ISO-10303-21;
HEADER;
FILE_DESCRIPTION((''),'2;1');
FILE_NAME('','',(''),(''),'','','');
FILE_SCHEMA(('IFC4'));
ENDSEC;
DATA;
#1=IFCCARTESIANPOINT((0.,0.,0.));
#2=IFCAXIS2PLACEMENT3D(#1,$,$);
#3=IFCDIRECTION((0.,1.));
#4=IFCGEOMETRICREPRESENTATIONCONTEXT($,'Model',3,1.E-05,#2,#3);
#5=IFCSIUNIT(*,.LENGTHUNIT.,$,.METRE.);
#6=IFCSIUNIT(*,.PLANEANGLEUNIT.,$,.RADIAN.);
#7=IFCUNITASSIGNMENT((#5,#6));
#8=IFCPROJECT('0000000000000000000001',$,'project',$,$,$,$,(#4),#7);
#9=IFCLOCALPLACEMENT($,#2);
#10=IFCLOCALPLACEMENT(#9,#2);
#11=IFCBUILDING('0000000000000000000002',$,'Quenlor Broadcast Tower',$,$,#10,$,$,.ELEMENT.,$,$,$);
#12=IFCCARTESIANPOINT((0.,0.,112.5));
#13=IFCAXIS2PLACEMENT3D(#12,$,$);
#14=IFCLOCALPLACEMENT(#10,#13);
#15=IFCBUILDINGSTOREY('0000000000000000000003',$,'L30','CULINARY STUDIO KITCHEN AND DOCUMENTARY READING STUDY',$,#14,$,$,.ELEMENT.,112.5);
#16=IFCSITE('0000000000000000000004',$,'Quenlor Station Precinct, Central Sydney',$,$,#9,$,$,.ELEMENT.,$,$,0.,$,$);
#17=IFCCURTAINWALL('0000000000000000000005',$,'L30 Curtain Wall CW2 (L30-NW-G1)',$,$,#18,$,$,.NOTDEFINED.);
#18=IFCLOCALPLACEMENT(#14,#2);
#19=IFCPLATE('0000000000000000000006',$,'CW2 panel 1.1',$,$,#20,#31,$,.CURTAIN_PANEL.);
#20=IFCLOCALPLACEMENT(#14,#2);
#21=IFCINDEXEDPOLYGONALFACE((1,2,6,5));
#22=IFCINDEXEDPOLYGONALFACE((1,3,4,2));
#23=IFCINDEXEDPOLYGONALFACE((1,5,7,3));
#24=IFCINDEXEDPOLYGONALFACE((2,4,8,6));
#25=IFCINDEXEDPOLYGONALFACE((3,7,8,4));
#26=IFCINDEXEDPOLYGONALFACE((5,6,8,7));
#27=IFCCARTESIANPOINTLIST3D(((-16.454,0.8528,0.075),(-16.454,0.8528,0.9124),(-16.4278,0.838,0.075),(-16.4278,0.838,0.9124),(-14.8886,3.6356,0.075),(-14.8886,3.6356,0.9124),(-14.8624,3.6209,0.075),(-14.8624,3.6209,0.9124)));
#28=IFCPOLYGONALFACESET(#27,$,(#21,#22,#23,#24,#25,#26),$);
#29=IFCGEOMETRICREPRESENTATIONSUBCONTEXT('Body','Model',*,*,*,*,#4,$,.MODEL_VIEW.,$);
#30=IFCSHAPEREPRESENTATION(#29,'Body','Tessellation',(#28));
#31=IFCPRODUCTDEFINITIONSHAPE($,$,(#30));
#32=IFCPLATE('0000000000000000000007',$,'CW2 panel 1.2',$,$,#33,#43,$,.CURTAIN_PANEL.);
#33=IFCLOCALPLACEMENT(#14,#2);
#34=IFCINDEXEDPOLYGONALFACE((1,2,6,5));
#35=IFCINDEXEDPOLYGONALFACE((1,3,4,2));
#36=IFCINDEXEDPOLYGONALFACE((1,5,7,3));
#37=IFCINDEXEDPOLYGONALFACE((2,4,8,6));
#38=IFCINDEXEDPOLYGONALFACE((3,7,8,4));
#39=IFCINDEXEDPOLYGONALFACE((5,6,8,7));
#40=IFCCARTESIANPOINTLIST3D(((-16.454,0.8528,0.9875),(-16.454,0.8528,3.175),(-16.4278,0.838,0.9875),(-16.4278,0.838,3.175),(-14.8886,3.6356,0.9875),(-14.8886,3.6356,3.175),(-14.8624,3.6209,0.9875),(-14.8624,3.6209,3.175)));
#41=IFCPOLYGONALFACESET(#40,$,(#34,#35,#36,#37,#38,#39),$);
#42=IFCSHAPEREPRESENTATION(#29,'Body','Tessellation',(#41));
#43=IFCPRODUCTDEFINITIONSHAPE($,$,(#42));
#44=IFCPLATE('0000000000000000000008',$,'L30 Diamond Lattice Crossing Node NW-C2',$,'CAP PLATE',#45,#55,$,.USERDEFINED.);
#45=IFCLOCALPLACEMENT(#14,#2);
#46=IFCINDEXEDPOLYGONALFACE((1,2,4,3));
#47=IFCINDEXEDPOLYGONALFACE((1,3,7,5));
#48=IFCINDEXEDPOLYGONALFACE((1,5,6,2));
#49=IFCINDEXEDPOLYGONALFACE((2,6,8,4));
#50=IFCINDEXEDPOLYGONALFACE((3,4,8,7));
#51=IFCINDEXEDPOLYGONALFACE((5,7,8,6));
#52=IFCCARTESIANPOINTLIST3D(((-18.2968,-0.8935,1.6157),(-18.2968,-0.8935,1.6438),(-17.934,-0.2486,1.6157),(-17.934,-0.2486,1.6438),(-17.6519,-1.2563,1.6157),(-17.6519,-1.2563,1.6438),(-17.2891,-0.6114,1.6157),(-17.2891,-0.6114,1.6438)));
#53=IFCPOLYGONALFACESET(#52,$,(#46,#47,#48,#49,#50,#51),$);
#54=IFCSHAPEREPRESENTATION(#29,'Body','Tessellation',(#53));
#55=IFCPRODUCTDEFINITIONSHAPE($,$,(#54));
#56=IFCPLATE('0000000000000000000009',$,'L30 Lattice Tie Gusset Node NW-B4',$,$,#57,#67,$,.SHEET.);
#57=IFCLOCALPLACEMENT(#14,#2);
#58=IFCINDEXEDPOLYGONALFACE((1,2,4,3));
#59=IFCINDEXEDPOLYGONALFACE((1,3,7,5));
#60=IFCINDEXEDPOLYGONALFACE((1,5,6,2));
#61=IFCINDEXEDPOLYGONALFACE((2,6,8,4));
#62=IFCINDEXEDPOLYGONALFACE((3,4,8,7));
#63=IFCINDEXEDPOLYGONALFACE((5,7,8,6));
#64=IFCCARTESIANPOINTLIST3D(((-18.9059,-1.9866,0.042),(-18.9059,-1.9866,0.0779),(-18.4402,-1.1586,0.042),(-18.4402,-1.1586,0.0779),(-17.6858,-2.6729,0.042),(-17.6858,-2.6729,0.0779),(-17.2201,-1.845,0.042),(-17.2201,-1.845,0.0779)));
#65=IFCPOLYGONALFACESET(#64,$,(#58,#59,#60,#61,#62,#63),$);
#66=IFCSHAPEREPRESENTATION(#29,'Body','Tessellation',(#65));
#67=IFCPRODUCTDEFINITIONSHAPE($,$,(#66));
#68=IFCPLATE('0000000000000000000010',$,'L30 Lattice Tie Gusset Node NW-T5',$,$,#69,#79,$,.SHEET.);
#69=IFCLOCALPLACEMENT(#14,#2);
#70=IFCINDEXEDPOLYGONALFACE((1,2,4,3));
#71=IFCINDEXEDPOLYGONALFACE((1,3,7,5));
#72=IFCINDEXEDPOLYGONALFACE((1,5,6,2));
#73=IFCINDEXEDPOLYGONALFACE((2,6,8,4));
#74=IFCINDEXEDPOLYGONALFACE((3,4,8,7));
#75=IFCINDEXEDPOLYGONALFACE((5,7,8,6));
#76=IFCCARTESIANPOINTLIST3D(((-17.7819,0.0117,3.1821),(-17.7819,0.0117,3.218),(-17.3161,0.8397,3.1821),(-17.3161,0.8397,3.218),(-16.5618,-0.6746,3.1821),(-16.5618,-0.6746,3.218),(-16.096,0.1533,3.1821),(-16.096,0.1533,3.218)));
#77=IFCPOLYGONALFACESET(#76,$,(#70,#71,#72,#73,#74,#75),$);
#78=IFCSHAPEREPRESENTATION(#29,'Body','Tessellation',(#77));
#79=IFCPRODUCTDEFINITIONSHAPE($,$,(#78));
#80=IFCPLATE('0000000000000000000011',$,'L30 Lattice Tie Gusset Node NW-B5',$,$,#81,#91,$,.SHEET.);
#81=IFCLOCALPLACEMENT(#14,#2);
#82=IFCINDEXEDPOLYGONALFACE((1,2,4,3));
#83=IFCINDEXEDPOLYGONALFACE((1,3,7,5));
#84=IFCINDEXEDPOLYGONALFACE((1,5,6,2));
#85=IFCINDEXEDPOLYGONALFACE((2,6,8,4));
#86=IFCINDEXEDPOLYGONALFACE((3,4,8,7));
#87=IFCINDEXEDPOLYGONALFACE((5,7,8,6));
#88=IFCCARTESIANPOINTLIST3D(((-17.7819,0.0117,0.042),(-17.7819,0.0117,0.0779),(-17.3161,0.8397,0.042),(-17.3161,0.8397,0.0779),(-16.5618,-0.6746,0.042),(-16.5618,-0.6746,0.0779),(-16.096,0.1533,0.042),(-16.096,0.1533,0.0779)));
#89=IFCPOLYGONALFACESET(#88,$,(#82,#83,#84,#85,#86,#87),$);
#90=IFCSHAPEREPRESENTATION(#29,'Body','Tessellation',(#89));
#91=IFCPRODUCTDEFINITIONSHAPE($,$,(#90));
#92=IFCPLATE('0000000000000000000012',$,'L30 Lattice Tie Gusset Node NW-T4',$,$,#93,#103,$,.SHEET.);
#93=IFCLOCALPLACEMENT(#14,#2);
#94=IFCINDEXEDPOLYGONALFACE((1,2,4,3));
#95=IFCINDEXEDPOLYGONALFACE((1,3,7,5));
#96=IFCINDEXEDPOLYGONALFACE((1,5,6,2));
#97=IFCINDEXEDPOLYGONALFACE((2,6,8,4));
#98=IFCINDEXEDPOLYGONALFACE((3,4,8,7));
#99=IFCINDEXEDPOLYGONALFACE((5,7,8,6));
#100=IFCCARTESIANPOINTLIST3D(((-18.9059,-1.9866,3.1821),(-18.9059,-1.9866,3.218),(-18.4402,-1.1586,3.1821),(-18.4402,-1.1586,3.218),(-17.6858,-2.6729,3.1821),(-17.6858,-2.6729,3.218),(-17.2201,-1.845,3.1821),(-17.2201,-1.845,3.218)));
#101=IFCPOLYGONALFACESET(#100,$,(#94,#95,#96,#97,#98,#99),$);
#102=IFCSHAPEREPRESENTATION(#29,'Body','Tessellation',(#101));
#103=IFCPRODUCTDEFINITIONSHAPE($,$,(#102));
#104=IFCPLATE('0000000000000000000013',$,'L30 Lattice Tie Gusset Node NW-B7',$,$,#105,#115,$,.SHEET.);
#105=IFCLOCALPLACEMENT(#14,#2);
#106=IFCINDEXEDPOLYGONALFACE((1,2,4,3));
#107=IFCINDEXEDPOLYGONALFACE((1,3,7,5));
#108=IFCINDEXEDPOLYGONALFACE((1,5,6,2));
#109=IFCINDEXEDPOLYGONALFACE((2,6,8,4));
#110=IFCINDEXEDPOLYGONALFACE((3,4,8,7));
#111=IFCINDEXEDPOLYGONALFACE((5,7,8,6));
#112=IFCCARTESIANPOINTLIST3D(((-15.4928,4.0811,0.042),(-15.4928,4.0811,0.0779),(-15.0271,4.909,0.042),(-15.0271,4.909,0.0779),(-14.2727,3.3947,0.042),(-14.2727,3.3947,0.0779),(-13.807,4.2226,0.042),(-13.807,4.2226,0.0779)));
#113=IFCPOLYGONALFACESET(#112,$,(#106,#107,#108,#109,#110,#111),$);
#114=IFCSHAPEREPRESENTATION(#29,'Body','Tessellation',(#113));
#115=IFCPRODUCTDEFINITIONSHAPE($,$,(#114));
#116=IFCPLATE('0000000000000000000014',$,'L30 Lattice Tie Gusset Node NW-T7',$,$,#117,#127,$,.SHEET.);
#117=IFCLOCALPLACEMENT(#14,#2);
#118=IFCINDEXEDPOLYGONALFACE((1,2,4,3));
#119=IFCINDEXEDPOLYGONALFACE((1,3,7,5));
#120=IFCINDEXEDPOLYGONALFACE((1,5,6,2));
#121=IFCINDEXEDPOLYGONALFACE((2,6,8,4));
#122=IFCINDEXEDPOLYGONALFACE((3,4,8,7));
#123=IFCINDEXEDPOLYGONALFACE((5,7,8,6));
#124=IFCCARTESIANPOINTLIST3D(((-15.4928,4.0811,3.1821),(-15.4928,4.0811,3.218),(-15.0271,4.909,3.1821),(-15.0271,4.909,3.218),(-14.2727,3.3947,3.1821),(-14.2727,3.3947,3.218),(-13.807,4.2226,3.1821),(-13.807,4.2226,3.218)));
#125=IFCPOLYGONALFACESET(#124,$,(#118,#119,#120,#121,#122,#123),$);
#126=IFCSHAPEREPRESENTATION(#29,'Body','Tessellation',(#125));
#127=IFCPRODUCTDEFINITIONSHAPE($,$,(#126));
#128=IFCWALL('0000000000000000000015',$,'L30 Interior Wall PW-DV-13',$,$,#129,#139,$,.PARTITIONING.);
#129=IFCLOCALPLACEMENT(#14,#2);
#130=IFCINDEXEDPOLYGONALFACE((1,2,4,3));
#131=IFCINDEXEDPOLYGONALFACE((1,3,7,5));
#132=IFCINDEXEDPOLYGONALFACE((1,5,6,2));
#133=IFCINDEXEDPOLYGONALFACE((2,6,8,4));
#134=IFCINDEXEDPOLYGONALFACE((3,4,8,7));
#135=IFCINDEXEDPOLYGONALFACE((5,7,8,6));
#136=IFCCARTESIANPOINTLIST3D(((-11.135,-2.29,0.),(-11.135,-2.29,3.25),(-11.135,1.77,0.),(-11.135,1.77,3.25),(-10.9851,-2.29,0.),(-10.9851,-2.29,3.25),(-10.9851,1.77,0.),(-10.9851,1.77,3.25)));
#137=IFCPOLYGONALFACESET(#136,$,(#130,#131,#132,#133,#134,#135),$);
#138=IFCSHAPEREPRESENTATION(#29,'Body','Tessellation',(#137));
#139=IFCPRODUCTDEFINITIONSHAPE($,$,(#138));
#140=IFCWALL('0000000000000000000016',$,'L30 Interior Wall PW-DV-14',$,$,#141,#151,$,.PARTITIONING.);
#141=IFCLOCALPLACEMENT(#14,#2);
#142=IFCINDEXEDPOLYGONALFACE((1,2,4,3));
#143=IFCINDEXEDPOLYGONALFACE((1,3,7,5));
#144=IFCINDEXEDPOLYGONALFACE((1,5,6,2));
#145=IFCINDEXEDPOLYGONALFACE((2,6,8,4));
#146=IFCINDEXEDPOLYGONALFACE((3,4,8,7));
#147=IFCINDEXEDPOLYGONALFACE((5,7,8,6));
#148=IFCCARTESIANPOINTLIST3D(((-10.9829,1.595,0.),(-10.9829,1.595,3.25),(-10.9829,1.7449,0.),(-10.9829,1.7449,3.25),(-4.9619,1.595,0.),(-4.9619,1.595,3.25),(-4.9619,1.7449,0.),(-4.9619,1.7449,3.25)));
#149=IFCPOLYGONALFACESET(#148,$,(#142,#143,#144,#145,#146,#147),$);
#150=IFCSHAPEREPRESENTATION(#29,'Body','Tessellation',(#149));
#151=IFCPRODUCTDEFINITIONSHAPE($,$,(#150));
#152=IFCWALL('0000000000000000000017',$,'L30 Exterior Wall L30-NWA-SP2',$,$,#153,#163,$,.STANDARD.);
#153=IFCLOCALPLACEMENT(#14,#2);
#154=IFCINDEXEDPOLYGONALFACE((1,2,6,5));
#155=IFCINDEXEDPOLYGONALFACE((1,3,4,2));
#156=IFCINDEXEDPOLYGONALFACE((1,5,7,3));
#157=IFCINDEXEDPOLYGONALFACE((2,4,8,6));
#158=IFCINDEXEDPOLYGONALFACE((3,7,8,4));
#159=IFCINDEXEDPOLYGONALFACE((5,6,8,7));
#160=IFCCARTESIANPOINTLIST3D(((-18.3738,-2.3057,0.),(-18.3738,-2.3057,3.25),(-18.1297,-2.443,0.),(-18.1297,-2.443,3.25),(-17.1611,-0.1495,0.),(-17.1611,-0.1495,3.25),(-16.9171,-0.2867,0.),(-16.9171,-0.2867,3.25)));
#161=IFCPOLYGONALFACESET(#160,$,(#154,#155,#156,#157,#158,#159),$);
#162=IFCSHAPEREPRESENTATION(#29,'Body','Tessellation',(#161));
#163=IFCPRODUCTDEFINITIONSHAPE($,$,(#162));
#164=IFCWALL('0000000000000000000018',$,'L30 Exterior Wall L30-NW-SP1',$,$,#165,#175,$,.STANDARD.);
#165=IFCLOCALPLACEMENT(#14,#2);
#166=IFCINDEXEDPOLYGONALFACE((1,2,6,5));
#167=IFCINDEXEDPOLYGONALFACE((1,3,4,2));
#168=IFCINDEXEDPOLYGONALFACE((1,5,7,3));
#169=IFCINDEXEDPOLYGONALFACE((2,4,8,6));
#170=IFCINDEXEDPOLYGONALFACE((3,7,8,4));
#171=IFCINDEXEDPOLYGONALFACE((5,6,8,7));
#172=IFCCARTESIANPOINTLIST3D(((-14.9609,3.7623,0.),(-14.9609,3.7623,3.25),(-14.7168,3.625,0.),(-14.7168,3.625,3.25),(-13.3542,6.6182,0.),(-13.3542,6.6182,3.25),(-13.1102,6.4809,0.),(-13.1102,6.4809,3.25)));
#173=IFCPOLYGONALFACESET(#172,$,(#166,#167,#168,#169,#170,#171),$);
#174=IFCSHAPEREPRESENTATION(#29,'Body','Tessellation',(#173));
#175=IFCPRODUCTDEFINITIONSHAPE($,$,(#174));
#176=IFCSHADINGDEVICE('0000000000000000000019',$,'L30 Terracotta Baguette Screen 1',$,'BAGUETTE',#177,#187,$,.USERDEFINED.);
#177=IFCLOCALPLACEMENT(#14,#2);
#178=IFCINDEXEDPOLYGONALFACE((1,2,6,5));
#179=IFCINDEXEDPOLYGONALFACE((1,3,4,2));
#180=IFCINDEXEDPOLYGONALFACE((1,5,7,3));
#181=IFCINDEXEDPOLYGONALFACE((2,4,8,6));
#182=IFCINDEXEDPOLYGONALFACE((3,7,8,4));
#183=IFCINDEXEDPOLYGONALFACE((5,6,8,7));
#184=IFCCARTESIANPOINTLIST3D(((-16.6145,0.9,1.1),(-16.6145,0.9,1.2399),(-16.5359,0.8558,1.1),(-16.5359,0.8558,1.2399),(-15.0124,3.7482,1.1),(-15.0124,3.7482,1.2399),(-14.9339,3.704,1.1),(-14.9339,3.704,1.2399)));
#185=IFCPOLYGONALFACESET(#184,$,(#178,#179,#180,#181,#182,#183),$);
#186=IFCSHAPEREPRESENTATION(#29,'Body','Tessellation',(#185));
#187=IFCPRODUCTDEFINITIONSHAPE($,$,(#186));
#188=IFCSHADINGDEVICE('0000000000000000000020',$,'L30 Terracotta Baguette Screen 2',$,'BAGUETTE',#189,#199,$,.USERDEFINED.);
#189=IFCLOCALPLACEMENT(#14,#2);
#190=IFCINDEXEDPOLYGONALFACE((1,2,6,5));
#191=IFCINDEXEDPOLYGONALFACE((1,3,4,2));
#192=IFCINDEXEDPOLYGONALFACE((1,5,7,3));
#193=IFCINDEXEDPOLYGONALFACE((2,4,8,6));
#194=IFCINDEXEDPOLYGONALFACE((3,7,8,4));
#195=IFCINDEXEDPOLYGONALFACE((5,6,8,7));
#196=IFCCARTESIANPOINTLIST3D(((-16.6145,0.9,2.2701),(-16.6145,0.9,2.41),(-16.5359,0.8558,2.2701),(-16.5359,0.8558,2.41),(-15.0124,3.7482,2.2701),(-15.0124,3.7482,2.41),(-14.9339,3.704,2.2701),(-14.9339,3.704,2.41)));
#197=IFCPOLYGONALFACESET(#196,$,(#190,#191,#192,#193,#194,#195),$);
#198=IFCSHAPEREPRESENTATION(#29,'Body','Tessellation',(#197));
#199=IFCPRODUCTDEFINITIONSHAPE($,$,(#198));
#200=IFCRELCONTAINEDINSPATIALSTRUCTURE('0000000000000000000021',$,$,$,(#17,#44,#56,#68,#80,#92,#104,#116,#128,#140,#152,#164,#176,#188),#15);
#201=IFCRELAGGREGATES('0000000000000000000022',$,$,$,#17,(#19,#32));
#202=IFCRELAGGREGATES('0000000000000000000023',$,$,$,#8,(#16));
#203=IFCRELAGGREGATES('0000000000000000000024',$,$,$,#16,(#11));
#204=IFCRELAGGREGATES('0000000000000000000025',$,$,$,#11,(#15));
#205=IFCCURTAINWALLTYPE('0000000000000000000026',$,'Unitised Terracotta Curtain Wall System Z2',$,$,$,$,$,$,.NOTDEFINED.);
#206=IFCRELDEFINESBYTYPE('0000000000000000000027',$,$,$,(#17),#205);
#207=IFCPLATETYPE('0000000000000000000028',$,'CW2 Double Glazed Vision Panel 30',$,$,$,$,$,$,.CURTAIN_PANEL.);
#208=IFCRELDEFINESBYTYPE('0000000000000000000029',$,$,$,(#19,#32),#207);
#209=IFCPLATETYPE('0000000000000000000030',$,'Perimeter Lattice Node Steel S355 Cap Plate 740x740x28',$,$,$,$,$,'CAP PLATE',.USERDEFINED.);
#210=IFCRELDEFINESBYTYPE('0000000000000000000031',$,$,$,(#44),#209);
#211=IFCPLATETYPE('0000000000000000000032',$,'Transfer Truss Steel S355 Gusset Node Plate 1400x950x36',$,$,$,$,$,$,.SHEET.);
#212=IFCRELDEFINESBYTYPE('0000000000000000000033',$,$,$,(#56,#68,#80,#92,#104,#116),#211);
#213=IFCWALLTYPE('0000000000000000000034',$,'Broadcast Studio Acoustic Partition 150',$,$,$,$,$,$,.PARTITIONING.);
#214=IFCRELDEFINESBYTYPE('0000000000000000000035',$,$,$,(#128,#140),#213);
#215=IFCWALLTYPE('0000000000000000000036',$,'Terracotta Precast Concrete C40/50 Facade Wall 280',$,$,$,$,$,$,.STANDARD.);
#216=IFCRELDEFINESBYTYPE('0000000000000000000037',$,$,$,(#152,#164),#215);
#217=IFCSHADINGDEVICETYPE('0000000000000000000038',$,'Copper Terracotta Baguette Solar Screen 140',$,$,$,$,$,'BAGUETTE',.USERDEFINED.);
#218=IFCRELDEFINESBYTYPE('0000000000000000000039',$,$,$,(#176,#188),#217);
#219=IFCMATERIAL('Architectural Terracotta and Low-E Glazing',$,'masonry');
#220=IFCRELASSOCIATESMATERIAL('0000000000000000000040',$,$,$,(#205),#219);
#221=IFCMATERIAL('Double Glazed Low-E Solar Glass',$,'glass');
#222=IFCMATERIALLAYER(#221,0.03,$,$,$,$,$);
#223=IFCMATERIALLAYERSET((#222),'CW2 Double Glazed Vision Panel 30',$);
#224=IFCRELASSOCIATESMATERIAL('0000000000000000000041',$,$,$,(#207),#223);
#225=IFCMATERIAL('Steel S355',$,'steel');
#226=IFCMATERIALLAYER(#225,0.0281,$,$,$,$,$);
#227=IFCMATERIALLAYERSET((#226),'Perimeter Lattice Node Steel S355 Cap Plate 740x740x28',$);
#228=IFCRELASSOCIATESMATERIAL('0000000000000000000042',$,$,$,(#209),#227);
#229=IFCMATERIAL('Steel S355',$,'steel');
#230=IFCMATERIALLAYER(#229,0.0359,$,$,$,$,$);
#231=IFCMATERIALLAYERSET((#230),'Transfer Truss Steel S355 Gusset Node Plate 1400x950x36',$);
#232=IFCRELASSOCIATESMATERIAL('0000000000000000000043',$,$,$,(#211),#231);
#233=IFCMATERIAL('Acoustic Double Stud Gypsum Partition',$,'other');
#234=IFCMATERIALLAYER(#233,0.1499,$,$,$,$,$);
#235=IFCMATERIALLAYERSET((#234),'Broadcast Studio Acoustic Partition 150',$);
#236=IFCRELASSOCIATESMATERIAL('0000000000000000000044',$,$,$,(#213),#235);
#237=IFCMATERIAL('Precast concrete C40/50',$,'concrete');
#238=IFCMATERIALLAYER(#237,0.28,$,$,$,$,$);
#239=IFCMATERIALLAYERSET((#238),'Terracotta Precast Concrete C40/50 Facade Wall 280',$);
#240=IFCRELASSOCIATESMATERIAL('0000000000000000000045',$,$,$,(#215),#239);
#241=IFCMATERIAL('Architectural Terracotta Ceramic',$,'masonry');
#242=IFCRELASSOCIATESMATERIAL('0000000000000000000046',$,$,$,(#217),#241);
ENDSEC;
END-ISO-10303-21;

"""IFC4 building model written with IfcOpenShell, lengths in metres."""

from ifc_helpers import new_model, si_unit, direction, frame, frame_2d, origin, origin_2d, place, context, subcontext, project, spatial, rectangle, extrude, material, layer, layer_set, material_profile, profile_set, type_object, element, aggregate, save


model = new_model("IFC4")

# Units and contexts
model_context = context("Model", 3, precision=1e-05, world=origin(), true_north=direction((0.0, 1.0)))
body_context = subcontext(model_context, "Body", "Model", "MODEL_VIEW")
ifc_project = project(units=[si_unit("LENGTHUNIT", "METRE"), si_unit("PLANEANGLEUNIT", "RADIAN")], contexts=[model_context])

# Site, building, storey
site_placement = place(None, origin())
site = spatial("IfcSite", under=ifc_project, at=site_placement, Name="Quenlor Station Precinct, Central Sydney", CompositionType="ELEMENT", RefElevation=0.0)
building_placement = place(site_placement, origin())
building = spatial("IfcBuilding", under=site, at=building_placement, Name="Quenlor Broadcast Tower", CompositionType="ELEMENT")
storey_placement = place(building_placement, frame((0.0, 0.0, 112.5)))
storey = spatial("IfcBuildingStorey", under=building, at=storey_placement, Name="L30", Description="CULINARY STUDIO KITCHEN AND DOCUMENTARY READING STUDY", CompositionType="ELEMENT", Elevation=112.5)

# Curtain wall
ifc_material_1 = material(Name="Architectural Terracotta and Low-E Glazing", Category="masonry")
curtain_wall_type = type_object("IfcCurtainWallType", Name="Unitised Terracotta Curtain Wall System Z2", PredefinedType="NOTDEFINED", material=ifc_material_1)
curtain_wall_placement = place(storey_placement, origin())
curtain_wall = element("IfcCurtainWall", 1, at=curtain_wall_placement, inside=storey, type_object=curtain_wall_type, Name="L30 Curtain Wall CW2 (L30-NW-G1)", PredefinedType="NOTDEFINED")

# Plates
ifc_material_2 = material(Name="Double Glazed Low-E Solar Glass", Category="glass")
ifc_layer_1 = layer(ifc_material_2, 0.03)
ifc_layer_set_1 = layer_set([ifc_layer_1], Name="CW2 Double Glazed Vision Panel 30")
plate_type_1 = type_object("IfcPlateType", Name="CW2 Double Glazed Vision Panel 30", PredefinedType="CURTAIN_PANEL", material=ifc_layer_set_1)
plate_1_placement = place(storey_placement, frame((-15.6582, 2.2368, 0.075), z_axis=(0.0, 0.0, 1.0), x_axis=(0.490261, 0.871576, 0.0)))
plate_1 = element("IfcPlate", 2, at=plate_1_placement, type_object=plate_type_1, Name="CW2 panel 1.1", PredefinedType="CURTAIN_PANEL", context=body_context, shape_type="SweptSolid", body=[
    extrude(rectangle(XDim=3.1929, YDim=0.03, at=origin_2d()), origin(), (0.0, 0.0, 1.0), 0.8374),
])
plate_2_placement = place(storey_placement, frame((-15.6582, 2.2368, 0.9875), z_axis=(0.0, 0.0, 1.0), x_axis=(0.490261, 0.871576, 0.0)))
plate_2 = element("IfcPlate", 3, at=plate_2_placement, type_object=plate_type_1, Name="CW2 panel 1.2", PredefinedType="CURTAIN_PANEL", context=body_context, shape_type="SweptSolid", body=[
    extrude(rectangle(XDim=3.1929, YDim=0.03, at=origin_2d()), origin(), (0.0, 0.0, 1.0), 2.1875),
])
aggregate(curtain_wall, [plate_1, plate_2])

# Plates
ifc_material_3 = material(Name="Steel S355", Category="steel")
ifc_layer_2 = layer(ifc_material_3, 0.0281)
ifc_layer_set_2 = layer_set([ifc_layer_2], Name="Perimeter Lattice Node Steel S355 Cap Plate 740x740x28")
plate_type_2 = type_object("IfcPlateType", Name="Perimeter Lattice Node Steel S355 Cap Plate 740x740x28", ElementType="CAP PLATE", PredefinedType="USERDEFINED", material=ifc_layer_set_2)
plate_3_placement = place(storey_placement, frame((-17.793, -0.7524, 1.6157), z_axis=(0.0, 0.0, 1.0), x_axis=(0.490295, 0.871556, 0.0)))
element("IfcPlate", 4, at=plate_3_placement, inside=storey, type_object=plate_type_2, Name="L30 Diamond Lattice Crossing Node NW-C2", ObjectType="CAP PLATE", PredefinedType="USERDEFINED", context=body_context, shape_type="SweptSolid", body=[
    extrude(rectangle(XDim=0.74, YDim=0.74, at=origin_2d()), origin(), (0.0, 0.0, 1.0), 0.0281),
])
ifc_material_4 = material(Name="Steel S355", Category="steel")
ifc_layer_3 = layer(ifc_material_4, 0.0359)
ifc_layer_set_3 = layer_set([ifc_layer_3], Name="Transfer Truss Steel S355 Gusset Node Plate 1400x950x36")
plate_type_3 = type_object("IfcPlateType", Name="Transfer Truss Steel S355 Gusset Node Plate 1400x950x36", PredefinedType="SHEET", material=ifc_layer_set_3)
for number, where, z_axis, x_axis, name in (
    (5, (-18.063, -1.9158, 0.042), (0.0, 0.0, 1.0), (-0.871556, 0.490295, 0.0), "L30 Lattice Tie Gusset Node NW-B4"),
    (6, (-16.939, 0.0825, 3.1821), (0.0, 0.0, 1.0), (-0.871556, 0.490295, 0.0), "L30 Lattice Tie Gusset Node NW-T5"),
    (7, (-16.939, 0.0825, 0.042), (0.0, 0.0, 1.0), (-0.871556, 0.490295, 0.0), "L30 Lattice Tie Gusset Node NW-B5"),
    (8, (-18.063, -1.9158, 3.1821), (0.0, 0.0, 1.0), (-0.871556, 0.490295, 0.0), "L30 Lattice Tie Gusset Node NW-T4"),
    (9, (-14.6499, 4.1519, 0.042), (0.0, 0.0, 1.0), (-0.871556, 0.490295, 0.0), "L30 Lattice Tie Gusset Node NW-B7"),
    (10, (-14.6499, 4.1519, 3.1821), (0.0, 0.0, 1.0), (-0.871556, 0.490295, 0.0), "L30 Lattice Tie Gusset Node NW-T7"),
):
    element("IfcPlate", number, at=place(storey_placement, frame(where, z_axis=z_axis, x_axis=x_axis)), inside=storey, type_object=plate_type_3, Name=name, PredefinedType="SHEET", context=body_context, shape_type="SweptSolid", body=[
        extrude(rectangle(XDim=1.3999, YDim=0.95, at=origin_2d()), origin(), (0.0, 0.0, 1.0), 0.0359),
    ])

# Walls
ifc_material_5 = material(Name="Acoustic Double Stud Gypsum Partition", Category="other")
ifc_layer_4 = layer(ifc_material_5, 0.1499)
ifc_layer_set_4 = layer_set([ifc_layer_4], Name="Broadcast Studio Acoustic Partition 150")
wall_type_1 = type_object("IfcWallType", Name="Broadcast Studio Acoustic Partition 150", PredefinedType="PARTITIONING", material=ifc_layer_set_4)
wall_1_placement = place(storey_placement, frame((-11.0601, -2.29, 0.0), z_axis=(0.0, 0.0, 1.0), x_axis=(0.0, 1.0, 0.0)))
element("IfcWall", 11, at=wall_1_placement, inside=storey, type_object=wall_type_1, Name="L30 Interior Wall PW-DV-13", PredefinedType="PARTITIONING", context=body_context, shape_type="SweptSolid", body=[
    extrude(rectangle(XDim=4.0601, YDim=0.1499, at=frame_2d((2.03, 0.0))), origin(), (0.0, 0.0, 1.0), 3.25),
])
wall_2_placement = place(storey_placement, frame((-10.9829, 1.6699, 0.0), z_axis=(0.0, 0.0, 1.0), x_axis=(1.0, 0.0, 0.0)))
element("IfcWall", 12, at=wall_2_placement, inside=storey, type_object=wall_type_1, Name="L30 Interior Wall PW-DV-14", PredefinedType="PARTITIONING", context=body_context, shape_type="SweptSolid", body=[
    extrude(rectangle(XDim=6.021, YDim=0.1499, at=frame_2d((3.0105, 0.0))), origin(), (0.0, 0.0, 1.0), 3.25),
])
ifc_material_6 = material(Name="Precast concrete C40/50", Category="concrete")
ifc_layer_5 = layer(ifc_material_6, 0.28)
ifc_layer_set_5 = layer_set([ifc_layer_5], Name="Terracotta Precast Concrete C40/50 Facade Wall 280")
wall_type_2 = type_object("IfcWallType", Name="Terracotta Precast Concrete C40/50 Facade Wall 280", PredefinedType="STANDARD", material=ifc_layer_set_5)
wall_3_placement = place(storey_placement, frame((-18.2517, -2.3743, 0.0), z_axis=(0.0, 0.0, 1.0), x_axis=(0.490186, 0.871618, 0.0)))
element("IfcWall", 13, at=wall_3_placement, inside=storey, type_object=wall_type_2, Name="L30 Exterior Wall L30-NWA-SP2", PredefinedType="STANDARD", context=body_context, shape_type="SweptSolid", body=[
    extrude(rectangle(XDim=2.4739, YDim=0.28, at=frame_2d((1.2368, 0.0))), origin(), (0.0, 0.0, 1.0), 3.25),
])
wall_4_placement = place(storey_placement, frame((-14.8389, 3.6936, 0.0), z_axis=(0.0, 0.0, 1.0), x_axis=(0.490311, 0.871548, 0.0)))
element("IfcWall", 14, at=wall_4_placement, inside=storey, type_object=wall_type_2, Name="L30 Exterior Wall L30-NW-SP1", PredefinedType="STANDARD", context=body_context, shape_type="SweptSolid", body=[
    extrude(rectangle(XDim=3.2769, YDim=0.28, at=frame_2d((1.6384, 0.0))), origin(), (0.0, 0.0, 1.0), 3.25),
])

# Shading devices
ifc_material_7 = material(Name="Architectural Terracotta Ceramic", Category="masonry")
ifc_material_profile_1 = material_profile(ifc_material_7, rectangle(XDim=0.0901, YDim=0.1399, at=origin_2d()))
ifc_profile_set_1 = profile_set([ifc_material_profile_1], Name="Architectural Terracotta Ceramic BAG90x140")
shading_device_type = type_object("IfcShadingDeviceType", Name="Copper Terracotta Baguette Solar Screen 140", ElementType="BAGUETTE", PredefinedType="USERDEFINED", material=ifc_profile_set_1)
for number, where, z_axis, x_axis, name in (
    (15, (-16.5752, 0.8779, 1.1699), (0.490254, 0.87158, 0.0), (-0.87158, 0.490254, 0.0), "L30 Terracotta Baguette Screen 1"),
    (16, (-16.5752, 0.8779, 2.3401), (0.490254, 0.87158, 0.0), (-0.87158, 0.490254, 0.0), "L30 Terracotta Baguette Screen 2"),
):
    element("IfcShadingDevice", number, at=place(storey_placement, frame(where, z_axis=z_axis, x_axis=x_axis)), inside=storey, type_object=shading_device_type, Name=name, ObjectType="BAGUETTE", PredefinedType="USERDEFINED", context=body_context, shape_type="SweptSolid", body=[
        extrude(rectangle(XDim=0.0901, YDim=0.1399, at=origin_2d()), origin(), (0.0, 0.0, 1.0), 3.2678),
    ])

save(model, "model.ifc")
